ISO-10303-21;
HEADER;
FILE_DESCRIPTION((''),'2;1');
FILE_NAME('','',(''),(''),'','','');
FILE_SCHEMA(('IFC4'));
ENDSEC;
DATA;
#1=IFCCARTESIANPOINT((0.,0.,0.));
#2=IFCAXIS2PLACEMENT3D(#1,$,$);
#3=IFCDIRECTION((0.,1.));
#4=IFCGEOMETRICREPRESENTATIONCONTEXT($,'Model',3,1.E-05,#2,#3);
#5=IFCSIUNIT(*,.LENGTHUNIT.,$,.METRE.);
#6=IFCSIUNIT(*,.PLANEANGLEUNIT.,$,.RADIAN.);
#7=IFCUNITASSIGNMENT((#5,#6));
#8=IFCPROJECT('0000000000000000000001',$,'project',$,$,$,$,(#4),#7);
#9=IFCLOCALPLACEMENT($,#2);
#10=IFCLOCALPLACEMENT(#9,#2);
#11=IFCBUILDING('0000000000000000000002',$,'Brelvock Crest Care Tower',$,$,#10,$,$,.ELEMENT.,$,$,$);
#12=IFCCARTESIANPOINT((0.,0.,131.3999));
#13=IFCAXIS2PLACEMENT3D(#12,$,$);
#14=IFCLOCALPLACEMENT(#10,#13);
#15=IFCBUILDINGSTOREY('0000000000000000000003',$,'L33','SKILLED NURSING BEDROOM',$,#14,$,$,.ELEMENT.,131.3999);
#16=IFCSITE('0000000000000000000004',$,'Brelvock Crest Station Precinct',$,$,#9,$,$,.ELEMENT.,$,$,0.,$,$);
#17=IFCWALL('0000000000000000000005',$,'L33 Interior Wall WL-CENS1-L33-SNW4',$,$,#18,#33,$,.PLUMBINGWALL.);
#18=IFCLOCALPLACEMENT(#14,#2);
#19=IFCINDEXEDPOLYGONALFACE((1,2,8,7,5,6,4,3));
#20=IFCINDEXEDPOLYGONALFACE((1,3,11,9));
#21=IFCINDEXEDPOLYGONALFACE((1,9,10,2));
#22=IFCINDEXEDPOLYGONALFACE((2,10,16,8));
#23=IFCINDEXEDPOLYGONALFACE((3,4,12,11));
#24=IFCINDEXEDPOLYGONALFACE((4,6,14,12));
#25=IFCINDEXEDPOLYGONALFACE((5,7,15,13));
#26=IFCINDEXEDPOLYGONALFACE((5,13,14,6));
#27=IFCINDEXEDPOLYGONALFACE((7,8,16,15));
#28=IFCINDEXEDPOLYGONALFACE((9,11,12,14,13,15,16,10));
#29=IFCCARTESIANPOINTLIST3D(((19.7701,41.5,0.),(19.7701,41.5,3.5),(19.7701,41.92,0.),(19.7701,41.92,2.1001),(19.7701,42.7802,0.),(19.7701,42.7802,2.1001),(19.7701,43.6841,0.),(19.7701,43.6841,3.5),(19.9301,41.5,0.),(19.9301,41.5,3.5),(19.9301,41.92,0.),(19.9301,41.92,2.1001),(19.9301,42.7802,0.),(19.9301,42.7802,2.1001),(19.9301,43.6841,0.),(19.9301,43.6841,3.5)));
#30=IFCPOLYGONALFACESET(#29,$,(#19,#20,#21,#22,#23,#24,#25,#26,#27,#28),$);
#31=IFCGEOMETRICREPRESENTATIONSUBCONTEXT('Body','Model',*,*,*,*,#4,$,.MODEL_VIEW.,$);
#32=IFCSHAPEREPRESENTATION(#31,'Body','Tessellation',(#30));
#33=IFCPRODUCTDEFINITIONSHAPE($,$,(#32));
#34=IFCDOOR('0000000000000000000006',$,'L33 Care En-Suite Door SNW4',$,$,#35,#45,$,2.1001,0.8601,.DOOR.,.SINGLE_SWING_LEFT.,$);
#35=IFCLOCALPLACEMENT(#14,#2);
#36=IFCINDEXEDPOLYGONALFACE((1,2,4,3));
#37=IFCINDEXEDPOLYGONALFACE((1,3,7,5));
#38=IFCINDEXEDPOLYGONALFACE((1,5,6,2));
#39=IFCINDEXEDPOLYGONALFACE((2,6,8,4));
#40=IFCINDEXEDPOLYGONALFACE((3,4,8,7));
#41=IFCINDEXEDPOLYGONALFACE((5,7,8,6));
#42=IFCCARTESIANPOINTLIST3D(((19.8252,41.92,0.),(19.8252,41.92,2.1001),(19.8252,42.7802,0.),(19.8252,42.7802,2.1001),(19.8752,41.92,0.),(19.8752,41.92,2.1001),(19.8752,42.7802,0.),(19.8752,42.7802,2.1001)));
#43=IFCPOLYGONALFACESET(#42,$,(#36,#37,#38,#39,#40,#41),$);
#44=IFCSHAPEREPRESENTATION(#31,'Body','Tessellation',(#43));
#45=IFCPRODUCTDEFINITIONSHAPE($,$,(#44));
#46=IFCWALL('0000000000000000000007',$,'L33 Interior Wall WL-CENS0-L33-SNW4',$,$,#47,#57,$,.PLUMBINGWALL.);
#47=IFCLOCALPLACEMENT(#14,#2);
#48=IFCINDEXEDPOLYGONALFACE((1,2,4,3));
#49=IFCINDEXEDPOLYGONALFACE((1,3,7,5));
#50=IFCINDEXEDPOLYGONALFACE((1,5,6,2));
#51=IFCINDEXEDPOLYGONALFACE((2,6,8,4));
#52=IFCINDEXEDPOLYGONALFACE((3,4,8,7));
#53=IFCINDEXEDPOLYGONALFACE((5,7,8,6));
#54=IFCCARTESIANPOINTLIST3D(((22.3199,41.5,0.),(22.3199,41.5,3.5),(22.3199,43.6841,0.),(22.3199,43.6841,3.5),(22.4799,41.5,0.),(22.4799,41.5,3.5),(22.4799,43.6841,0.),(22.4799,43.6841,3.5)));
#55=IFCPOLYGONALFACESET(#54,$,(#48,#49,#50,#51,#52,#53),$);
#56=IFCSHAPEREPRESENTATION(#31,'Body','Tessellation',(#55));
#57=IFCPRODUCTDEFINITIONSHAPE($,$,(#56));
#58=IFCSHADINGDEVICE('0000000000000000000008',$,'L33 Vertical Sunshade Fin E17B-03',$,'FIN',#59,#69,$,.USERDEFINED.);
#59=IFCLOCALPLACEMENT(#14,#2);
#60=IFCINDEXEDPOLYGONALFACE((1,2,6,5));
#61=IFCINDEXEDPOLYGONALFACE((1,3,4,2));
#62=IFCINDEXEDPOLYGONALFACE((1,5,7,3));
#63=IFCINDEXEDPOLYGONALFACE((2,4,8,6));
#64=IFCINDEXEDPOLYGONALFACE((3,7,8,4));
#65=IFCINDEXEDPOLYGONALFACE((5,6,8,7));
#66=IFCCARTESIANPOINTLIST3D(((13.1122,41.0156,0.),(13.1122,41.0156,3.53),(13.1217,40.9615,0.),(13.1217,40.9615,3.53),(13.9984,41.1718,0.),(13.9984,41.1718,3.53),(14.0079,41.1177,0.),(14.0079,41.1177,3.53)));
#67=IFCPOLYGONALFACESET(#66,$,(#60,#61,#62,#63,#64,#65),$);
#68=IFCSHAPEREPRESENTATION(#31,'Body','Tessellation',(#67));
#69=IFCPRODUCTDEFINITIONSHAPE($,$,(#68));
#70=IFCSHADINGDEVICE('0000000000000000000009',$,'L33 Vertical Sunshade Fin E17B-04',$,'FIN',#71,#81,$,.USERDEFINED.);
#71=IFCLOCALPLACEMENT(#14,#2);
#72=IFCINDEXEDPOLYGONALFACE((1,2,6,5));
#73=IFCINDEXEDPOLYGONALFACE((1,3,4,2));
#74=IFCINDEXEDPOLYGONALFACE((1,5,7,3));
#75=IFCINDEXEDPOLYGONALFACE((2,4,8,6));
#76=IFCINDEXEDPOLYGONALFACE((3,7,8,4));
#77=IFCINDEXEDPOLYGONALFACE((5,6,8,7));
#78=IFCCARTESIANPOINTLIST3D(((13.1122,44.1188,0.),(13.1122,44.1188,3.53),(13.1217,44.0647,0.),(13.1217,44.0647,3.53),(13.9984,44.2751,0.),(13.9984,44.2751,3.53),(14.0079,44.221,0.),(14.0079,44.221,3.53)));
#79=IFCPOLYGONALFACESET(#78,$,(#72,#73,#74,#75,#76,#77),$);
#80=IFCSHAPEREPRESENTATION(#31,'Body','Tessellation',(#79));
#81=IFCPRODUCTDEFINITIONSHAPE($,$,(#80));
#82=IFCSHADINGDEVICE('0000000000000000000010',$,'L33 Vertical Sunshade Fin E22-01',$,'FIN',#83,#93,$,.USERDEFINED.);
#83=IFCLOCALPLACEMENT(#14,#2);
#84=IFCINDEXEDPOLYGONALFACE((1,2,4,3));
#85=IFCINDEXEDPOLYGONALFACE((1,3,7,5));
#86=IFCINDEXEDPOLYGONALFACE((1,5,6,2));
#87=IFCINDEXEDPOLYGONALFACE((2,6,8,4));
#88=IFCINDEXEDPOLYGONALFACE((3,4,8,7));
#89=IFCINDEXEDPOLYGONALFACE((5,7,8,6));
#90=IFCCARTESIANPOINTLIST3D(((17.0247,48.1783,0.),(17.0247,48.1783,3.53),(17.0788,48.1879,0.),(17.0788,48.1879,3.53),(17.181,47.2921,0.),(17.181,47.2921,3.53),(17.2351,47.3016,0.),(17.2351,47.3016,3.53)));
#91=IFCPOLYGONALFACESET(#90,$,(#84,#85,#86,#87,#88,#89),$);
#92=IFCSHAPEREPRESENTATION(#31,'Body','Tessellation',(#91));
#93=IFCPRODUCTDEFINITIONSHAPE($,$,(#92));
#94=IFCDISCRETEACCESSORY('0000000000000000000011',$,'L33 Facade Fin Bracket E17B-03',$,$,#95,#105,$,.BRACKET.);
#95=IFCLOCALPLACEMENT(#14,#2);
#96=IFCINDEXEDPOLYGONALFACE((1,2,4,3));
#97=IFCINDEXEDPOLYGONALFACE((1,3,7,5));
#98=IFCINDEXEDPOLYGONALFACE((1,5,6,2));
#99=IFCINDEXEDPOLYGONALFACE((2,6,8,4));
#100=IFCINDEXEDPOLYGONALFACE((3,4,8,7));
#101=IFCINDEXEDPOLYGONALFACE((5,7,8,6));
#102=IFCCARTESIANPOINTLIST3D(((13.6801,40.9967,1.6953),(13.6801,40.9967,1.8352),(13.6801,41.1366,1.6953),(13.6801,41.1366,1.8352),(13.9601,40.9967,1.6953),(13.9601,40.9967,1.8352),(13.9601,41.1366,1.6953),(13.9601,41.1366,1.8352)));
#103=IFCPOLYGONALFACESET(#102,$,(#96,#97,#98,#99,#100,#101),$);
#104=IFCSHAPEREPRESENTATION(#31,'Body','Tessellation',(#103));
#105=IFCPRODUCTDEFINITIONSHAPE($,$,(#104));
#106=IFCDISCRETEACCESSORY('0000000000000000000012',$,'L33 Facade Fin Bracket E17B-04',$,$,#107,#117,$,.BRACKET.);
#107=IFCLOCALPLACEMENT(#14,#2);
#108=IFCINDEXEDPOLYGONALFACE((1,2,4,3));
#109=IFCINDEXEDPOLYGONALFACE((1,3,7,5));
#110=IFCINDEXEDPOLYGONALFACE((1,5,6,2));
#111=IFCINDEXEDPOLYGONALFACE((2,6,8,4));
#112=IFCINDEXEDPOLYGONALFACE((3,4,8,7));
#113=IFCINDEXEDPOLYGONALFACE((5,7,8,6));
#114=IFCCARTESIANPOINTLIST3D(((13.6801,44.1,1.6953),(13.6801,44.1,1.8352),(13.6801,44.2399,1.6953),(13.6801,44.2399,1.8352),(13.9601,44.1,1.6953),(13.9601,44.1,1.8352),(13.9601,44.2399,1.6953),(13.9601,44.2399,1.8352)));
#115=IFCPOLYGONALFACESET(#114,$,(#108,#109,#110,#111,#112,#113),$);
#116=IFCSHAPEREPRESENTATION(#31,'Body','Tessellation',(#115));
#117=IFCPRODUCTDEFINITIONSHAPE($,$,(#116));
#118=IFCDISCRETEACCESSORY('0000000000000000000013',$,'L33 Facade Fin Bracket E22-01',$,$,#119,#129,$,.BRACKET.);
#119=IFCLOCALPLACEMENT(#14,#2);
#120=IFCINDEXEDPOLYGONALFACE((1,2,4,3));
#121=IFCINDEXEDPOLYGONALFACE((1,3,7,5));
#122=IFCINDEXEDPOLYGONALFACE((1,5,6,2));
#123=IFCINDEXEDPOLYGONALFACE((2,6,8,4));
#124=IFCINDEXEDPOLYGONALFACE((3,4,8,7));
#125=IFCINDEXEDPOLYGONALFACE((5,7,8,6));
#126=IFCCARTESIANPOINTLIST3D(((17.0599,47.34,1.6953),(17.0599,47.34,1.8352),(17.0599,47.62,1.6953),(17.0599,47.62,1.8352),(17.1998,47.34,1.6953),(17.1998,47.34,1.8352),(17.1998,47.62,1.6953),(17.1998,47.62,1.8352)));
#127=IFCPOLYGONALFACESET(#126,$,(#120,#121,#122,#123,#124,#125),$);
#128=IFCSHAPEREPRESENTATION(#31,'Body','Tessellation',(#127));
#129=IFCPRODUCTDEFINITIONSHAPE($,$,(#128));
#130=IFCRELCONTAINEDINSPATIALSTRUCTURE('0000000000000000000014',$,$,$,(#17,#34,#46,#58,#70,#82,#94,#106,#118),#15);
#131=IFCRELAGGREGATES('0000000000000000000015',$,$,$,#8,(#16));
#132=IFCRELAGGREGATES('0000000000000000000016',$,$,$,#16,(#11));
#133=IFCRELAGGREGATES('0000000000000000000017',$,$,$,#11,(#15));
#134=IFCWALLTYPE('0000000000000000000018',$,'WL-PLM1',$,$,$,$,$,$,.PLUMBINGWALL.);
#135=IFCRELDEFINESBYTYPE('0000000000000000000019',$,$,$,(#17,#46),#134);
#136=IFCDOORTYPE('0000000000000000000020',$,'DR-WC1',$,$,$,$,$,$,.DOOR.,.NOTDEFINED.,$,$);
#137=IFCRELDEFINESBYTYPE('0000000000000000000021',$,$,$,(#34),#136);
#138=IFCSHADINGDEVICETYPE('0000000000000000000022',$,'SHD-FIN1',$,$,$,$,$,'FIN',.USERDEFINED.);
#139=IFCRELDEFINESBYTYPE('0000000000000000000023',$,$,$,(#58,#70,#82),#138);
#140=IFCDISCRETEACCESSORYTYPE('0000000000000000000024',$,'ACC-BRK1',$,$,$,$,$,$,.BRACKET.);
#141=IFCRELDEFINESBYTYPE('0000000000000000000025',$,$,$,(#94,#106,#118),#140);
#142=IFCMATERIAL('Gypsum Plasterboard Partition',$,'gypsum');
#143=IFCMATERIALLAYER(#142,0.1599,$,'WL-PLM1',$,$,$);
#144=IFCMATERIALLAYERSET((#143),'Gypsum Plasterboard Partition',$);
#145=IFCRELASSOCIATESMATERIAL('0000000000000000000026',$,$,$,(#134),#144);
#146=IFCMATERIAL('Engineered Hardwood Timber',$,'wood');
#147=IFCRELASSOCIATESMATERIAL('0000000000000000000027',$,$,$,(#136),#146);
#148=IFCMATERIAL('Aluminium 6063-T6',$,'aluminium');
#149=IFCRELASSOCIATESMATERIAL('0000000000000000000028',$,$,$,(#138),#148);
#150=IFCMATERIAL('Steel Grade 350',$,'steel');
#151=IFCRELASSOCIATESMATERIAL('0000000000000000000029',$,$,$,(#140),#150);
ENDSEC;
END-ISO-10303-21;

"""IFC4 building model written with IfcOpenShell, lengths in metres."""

from ifc_helpers import new_model, si_unit, direction, frame, frame_2d, origin, origin_2d, place, context, subcontext, project, spatial, rectangle, extrude, source, transform, mapped, material, layer, layer_set, material_profile, profile_set, type_object, element, fill, save


model = new_model("IFC4")

# Units and contexts
model_context = context("Model", 3, precision=1e-05, world=origin(), true_north=direction((0.0, 1.0)))
body_context = subcontext(model_context, "Body", "Model", "MODEL_VIEW")
ifc_project = project(units=[si_unit("LENGTHUNIT", "METRE"), si_unit("PLANEANGLEUNIT", "RADIAN")], contexts=[model_context])

# Site, building, storey
site_placement = place(None, origin())
site = spatial("IfcSite", under=ifc_project, at=site_placement, Name="Brelvock Crest Station Precinct", CompositionType="ELEMENT", RefElevation=0.0)
building_placement = place(site_placement, origin())
building = spatial("IfcBuilding", under=site, at=building_placement, Name="Brelvock Crest Care Tower", CompositionType="ELEMENT")
storey_placement = place(building_placement, frame((0.0, 0.0, 131.3999)))
storey = spatial("IfcBuildingStorey", under=building, at=storey_placement, Name="L33", Description="SKILLED NURSING BEDROOM", CompositionType="ELEMENT", Elevation=131.3999)

# Shared definitions
ifc_material_1 = material(Name="Aluminium 6063-T6", Category="aluminium")

# Shared definitions
ifc_material_2 = material(Name="Engineered Hardwood Timber", Category="wood")

# Shared definitions
ifc_material_3 = material(Name="Gypsum Plasterboard Partition", Category="gypsum")
ifc_layer_1 = layer(ifc_material_3, 0.1599, Name="WL-PLM1")
ifc_layer_set_1 = layer_set([ifc_layer_1], Name="Gypsum Plasterboard Partition")
wall_type_1 = type_object("IfcWallType", Name="WL-PLM1", PredefinedType="PLUMBINGWALL", material=ifc_layer_set_1)

# Wall, opening, door
wall_1_placement = place(storey_placement, frame((19.8501, 41.5, 0.0), z_axis=(0.0, 0.0, 1.0), x_axis=(0.0, 1.0, 0.0)))
wall_1 = element("IfcWall", 1, at=wall_1_placement, inside=storey, type_object=wall_type_1, Name="L33 Interior Wall WL-CENS1-L33-SNW4", PredefinedType="PLUMBINGWALL", context=body_context, shape_type="SweptSolid", body=[
    extrude(rectangle(XDim=2.1841, YDim=0.1599, at=frame_2d((1.092, 0.0))), origin(), (0.0, 0.0, 1.0), 3.5),
])
opening_1_placement = place(wall_1_placement, frame((0.4199, 0.0, 0.0)))
opening_1 = element("IfcOpeningElement", 2, at=opening_1_placement, cuts=wall_1, PredefinedType="OPENING", context=body_context, shape_type="SweptSolid", body=[
    extrude(rectangle(XDim=0.8601, YDim=2.1001, at=origin_2d()), frame((0.4302, 0.0898, 1.05), z_axis=(0.0, -1.0, 0.0), x_axis=(1.0, 0.0, 0.0)), (0.0, 0.0, 1.0), 0.1799),
])
door_type_1 = type_object("IfcDoorType", Name="DR-WC1", OperationType="NOTDEFINED", PredefinedType="DOOR", material=ifc_material_2)
shared_shape_1 = source(origin(), body_context, "Body", "SweptSolid", [
    extrude(rectangle(XDim=0.8601, YDim=2.1001, at=origin_2d()), frame((0.4302, 0.0249, 1.05), z_axis=(0.0, -1.0, 0.0), x_axis=(1.0, 0.0, 0.0)), (0.0, 0.0, 1.0), 0.05),
])
door_1_placement = place(opening_1_placement, origin())
door_1 = element("IfcDoor", 3, at=door_1_placement, inside=storey, type_object=door_type_1, Name="L33 Care En-Suite Door SNW4", OperationType="SINGLE_SWING_LEFT", OverallHeight=2.1001, OverallWidth=0.8601, PredefinedType="DOOR", context=body_context, shape_type="MappedRepresentation", body=[
    mapped(shared_shape_1, transform((0.0, 0.0, 0.0), x_axis=(1.0, 0.0, 0.0), y_axis=(0.0, 1.0, 0.0), z_axis=(0.0, 0.0, 1.0), scale=1.0)),
])
fill(opening_1, door_1)

# Wall
wall_2_placement = place(storey_placement, frame((22.3999, 41.5, 0.0), z_axis=(0.0, 0.0, 1.0), x_axis=(0.0, 1.0, 0.0)))
element("IfcWall", 4, at=wall_2_placement, inside=storey, type_object=wall_type_1, Name="L33 Interior Wall WL-CENS0-L33-SNW4", PredefinedType="PLUMBINGWALL", context=body_context, shape_type="SweptSolid", body=[
    extrude(rectangle(XDim=2.1841, YDim=0.1599, at=frame_2d((1.092, 0.0))), origin(), (0.0, 0.0, 1.0), 3.5),
])

# Shading devices
ifc_material_profile_1 = material_profile(ifc_material_1, rectangle(XDim=0.0549, YDim=0.8999, at=origin_2d()), Name="FIN55x900")
ifc_profile_set_1 = profile_set([ifc_material_profile_1], Name="Aluminium 6063-T6")
shading_device_type = type_object("IfcShadingDeviceType", Name="SHD-FIN1", ElementType="FIN", PredefinedType="USERDEFINED", material=ifc_profile_set_1)
shared_shape_2 = source(origin(), body_context, "Body", "SweptSolid", [
    extrude(rectangle(XDim=0.0549, YDim=0.8999, at=origin_2d()), origin(), (0.0, 0.0, 1.0), 3.53),
])
for number, where, z_axis, x_axis, name in (
    (5, (13.5601, 41.0667, 0.0), (0.0, 0.0, 1.0), (-0.173648, 0.984808, 0.0), "L33 Vertical Sunshade Fin E17B-03"),
    (6, (13.5601, 44.1699, 0.0), (0.0, 0.0, 1.0), (-0.173648, 0.984808, 0.0), "L33 Vertical Sunshade Fin E17B-04"),
    (7, (17.1299, 47.74, 0.0), (0.0, 0.0, 1.0), (0.984808, 0.173648, 0.0), "L33 Vertical Sunshade Fin E22-01"),
):
    element("IfcShadingDevice", number, at=place(storey_placement, frame(where, z_axis=z_axis, x_axis=x_axis)), inside=storey, type_object=shading_device_type, Name=name, ObjectType="FIN", PredefinedType="USERDEFINED", context=body_context, shape_type="MappedRepresentation", body=[
        mapped(shared_shape_2, transform((0.0, 0.0, 0.0), x_axis=(1.0, 0.0, 0.0), y_axis=(0.0, 1.0, 0.0), z_axis=(0.0, 0.0, 1.0), scale=1.0)),
    ])

# Discrete accessories
ifc_material_4 = material(Name="Steel Grade 350", Category="steel")
discrete_accessory_type = type_object("IfcDiscreteAccessoryType", Name="ACC-BRK1", PredefinedType="BRACKET", material=ifc_material_4)
shared_shape_3 = source(origin(), body_context, "Body", "SweptSolid", [
    extrude(rectangle(XDim=0.28, YDim=0.1399, at=origin_2d()), origin(), (0.0, 0.0, 1.0), 0.1399),
])
for number, where, z_axis, x_axis, name in (
    (8, (13.8201, 41.0667, 1.6953), (0.0, 0.0, 1.0), (-1.0, 0.0, 0.0), "L33 Facade Fin Bracket E17B-03"),
    (9, (13.8201, 44.1699, 1.6953), (0.0, 0.0, 1.0), (-1.0, 0.0, 0.0), "L33 Facade Fin Bracket E17B-04"),
    (10, (17.1299, 47.48, 1.6953), (0.0, 0.0, 1.0), (0.0, 1.0, 0.0), "L33 Facade Fin Bracket E22-01"),
):
    element("IfcDiscreteAccessory", number, at=place(storey_placement, frame(where, z_axis=z_axis, x_axis=x_axis)), inside=storey, type_object=discrete_accessory_type, Name=name, PredefinedType="BRACKET", context=body_context, shape_type="MappedRepresentation", body=[
        mapped(shared_shape_3, transform((0.0, 0.0, 0.0), x_axis=(1.0, 0.0, 0.0), y_axis=(0.0, 1.0, 0.0), z_axis=(0.0, 0.0, 1.0), scale=1.0)),
    ])

save(model, "model.ifc")
